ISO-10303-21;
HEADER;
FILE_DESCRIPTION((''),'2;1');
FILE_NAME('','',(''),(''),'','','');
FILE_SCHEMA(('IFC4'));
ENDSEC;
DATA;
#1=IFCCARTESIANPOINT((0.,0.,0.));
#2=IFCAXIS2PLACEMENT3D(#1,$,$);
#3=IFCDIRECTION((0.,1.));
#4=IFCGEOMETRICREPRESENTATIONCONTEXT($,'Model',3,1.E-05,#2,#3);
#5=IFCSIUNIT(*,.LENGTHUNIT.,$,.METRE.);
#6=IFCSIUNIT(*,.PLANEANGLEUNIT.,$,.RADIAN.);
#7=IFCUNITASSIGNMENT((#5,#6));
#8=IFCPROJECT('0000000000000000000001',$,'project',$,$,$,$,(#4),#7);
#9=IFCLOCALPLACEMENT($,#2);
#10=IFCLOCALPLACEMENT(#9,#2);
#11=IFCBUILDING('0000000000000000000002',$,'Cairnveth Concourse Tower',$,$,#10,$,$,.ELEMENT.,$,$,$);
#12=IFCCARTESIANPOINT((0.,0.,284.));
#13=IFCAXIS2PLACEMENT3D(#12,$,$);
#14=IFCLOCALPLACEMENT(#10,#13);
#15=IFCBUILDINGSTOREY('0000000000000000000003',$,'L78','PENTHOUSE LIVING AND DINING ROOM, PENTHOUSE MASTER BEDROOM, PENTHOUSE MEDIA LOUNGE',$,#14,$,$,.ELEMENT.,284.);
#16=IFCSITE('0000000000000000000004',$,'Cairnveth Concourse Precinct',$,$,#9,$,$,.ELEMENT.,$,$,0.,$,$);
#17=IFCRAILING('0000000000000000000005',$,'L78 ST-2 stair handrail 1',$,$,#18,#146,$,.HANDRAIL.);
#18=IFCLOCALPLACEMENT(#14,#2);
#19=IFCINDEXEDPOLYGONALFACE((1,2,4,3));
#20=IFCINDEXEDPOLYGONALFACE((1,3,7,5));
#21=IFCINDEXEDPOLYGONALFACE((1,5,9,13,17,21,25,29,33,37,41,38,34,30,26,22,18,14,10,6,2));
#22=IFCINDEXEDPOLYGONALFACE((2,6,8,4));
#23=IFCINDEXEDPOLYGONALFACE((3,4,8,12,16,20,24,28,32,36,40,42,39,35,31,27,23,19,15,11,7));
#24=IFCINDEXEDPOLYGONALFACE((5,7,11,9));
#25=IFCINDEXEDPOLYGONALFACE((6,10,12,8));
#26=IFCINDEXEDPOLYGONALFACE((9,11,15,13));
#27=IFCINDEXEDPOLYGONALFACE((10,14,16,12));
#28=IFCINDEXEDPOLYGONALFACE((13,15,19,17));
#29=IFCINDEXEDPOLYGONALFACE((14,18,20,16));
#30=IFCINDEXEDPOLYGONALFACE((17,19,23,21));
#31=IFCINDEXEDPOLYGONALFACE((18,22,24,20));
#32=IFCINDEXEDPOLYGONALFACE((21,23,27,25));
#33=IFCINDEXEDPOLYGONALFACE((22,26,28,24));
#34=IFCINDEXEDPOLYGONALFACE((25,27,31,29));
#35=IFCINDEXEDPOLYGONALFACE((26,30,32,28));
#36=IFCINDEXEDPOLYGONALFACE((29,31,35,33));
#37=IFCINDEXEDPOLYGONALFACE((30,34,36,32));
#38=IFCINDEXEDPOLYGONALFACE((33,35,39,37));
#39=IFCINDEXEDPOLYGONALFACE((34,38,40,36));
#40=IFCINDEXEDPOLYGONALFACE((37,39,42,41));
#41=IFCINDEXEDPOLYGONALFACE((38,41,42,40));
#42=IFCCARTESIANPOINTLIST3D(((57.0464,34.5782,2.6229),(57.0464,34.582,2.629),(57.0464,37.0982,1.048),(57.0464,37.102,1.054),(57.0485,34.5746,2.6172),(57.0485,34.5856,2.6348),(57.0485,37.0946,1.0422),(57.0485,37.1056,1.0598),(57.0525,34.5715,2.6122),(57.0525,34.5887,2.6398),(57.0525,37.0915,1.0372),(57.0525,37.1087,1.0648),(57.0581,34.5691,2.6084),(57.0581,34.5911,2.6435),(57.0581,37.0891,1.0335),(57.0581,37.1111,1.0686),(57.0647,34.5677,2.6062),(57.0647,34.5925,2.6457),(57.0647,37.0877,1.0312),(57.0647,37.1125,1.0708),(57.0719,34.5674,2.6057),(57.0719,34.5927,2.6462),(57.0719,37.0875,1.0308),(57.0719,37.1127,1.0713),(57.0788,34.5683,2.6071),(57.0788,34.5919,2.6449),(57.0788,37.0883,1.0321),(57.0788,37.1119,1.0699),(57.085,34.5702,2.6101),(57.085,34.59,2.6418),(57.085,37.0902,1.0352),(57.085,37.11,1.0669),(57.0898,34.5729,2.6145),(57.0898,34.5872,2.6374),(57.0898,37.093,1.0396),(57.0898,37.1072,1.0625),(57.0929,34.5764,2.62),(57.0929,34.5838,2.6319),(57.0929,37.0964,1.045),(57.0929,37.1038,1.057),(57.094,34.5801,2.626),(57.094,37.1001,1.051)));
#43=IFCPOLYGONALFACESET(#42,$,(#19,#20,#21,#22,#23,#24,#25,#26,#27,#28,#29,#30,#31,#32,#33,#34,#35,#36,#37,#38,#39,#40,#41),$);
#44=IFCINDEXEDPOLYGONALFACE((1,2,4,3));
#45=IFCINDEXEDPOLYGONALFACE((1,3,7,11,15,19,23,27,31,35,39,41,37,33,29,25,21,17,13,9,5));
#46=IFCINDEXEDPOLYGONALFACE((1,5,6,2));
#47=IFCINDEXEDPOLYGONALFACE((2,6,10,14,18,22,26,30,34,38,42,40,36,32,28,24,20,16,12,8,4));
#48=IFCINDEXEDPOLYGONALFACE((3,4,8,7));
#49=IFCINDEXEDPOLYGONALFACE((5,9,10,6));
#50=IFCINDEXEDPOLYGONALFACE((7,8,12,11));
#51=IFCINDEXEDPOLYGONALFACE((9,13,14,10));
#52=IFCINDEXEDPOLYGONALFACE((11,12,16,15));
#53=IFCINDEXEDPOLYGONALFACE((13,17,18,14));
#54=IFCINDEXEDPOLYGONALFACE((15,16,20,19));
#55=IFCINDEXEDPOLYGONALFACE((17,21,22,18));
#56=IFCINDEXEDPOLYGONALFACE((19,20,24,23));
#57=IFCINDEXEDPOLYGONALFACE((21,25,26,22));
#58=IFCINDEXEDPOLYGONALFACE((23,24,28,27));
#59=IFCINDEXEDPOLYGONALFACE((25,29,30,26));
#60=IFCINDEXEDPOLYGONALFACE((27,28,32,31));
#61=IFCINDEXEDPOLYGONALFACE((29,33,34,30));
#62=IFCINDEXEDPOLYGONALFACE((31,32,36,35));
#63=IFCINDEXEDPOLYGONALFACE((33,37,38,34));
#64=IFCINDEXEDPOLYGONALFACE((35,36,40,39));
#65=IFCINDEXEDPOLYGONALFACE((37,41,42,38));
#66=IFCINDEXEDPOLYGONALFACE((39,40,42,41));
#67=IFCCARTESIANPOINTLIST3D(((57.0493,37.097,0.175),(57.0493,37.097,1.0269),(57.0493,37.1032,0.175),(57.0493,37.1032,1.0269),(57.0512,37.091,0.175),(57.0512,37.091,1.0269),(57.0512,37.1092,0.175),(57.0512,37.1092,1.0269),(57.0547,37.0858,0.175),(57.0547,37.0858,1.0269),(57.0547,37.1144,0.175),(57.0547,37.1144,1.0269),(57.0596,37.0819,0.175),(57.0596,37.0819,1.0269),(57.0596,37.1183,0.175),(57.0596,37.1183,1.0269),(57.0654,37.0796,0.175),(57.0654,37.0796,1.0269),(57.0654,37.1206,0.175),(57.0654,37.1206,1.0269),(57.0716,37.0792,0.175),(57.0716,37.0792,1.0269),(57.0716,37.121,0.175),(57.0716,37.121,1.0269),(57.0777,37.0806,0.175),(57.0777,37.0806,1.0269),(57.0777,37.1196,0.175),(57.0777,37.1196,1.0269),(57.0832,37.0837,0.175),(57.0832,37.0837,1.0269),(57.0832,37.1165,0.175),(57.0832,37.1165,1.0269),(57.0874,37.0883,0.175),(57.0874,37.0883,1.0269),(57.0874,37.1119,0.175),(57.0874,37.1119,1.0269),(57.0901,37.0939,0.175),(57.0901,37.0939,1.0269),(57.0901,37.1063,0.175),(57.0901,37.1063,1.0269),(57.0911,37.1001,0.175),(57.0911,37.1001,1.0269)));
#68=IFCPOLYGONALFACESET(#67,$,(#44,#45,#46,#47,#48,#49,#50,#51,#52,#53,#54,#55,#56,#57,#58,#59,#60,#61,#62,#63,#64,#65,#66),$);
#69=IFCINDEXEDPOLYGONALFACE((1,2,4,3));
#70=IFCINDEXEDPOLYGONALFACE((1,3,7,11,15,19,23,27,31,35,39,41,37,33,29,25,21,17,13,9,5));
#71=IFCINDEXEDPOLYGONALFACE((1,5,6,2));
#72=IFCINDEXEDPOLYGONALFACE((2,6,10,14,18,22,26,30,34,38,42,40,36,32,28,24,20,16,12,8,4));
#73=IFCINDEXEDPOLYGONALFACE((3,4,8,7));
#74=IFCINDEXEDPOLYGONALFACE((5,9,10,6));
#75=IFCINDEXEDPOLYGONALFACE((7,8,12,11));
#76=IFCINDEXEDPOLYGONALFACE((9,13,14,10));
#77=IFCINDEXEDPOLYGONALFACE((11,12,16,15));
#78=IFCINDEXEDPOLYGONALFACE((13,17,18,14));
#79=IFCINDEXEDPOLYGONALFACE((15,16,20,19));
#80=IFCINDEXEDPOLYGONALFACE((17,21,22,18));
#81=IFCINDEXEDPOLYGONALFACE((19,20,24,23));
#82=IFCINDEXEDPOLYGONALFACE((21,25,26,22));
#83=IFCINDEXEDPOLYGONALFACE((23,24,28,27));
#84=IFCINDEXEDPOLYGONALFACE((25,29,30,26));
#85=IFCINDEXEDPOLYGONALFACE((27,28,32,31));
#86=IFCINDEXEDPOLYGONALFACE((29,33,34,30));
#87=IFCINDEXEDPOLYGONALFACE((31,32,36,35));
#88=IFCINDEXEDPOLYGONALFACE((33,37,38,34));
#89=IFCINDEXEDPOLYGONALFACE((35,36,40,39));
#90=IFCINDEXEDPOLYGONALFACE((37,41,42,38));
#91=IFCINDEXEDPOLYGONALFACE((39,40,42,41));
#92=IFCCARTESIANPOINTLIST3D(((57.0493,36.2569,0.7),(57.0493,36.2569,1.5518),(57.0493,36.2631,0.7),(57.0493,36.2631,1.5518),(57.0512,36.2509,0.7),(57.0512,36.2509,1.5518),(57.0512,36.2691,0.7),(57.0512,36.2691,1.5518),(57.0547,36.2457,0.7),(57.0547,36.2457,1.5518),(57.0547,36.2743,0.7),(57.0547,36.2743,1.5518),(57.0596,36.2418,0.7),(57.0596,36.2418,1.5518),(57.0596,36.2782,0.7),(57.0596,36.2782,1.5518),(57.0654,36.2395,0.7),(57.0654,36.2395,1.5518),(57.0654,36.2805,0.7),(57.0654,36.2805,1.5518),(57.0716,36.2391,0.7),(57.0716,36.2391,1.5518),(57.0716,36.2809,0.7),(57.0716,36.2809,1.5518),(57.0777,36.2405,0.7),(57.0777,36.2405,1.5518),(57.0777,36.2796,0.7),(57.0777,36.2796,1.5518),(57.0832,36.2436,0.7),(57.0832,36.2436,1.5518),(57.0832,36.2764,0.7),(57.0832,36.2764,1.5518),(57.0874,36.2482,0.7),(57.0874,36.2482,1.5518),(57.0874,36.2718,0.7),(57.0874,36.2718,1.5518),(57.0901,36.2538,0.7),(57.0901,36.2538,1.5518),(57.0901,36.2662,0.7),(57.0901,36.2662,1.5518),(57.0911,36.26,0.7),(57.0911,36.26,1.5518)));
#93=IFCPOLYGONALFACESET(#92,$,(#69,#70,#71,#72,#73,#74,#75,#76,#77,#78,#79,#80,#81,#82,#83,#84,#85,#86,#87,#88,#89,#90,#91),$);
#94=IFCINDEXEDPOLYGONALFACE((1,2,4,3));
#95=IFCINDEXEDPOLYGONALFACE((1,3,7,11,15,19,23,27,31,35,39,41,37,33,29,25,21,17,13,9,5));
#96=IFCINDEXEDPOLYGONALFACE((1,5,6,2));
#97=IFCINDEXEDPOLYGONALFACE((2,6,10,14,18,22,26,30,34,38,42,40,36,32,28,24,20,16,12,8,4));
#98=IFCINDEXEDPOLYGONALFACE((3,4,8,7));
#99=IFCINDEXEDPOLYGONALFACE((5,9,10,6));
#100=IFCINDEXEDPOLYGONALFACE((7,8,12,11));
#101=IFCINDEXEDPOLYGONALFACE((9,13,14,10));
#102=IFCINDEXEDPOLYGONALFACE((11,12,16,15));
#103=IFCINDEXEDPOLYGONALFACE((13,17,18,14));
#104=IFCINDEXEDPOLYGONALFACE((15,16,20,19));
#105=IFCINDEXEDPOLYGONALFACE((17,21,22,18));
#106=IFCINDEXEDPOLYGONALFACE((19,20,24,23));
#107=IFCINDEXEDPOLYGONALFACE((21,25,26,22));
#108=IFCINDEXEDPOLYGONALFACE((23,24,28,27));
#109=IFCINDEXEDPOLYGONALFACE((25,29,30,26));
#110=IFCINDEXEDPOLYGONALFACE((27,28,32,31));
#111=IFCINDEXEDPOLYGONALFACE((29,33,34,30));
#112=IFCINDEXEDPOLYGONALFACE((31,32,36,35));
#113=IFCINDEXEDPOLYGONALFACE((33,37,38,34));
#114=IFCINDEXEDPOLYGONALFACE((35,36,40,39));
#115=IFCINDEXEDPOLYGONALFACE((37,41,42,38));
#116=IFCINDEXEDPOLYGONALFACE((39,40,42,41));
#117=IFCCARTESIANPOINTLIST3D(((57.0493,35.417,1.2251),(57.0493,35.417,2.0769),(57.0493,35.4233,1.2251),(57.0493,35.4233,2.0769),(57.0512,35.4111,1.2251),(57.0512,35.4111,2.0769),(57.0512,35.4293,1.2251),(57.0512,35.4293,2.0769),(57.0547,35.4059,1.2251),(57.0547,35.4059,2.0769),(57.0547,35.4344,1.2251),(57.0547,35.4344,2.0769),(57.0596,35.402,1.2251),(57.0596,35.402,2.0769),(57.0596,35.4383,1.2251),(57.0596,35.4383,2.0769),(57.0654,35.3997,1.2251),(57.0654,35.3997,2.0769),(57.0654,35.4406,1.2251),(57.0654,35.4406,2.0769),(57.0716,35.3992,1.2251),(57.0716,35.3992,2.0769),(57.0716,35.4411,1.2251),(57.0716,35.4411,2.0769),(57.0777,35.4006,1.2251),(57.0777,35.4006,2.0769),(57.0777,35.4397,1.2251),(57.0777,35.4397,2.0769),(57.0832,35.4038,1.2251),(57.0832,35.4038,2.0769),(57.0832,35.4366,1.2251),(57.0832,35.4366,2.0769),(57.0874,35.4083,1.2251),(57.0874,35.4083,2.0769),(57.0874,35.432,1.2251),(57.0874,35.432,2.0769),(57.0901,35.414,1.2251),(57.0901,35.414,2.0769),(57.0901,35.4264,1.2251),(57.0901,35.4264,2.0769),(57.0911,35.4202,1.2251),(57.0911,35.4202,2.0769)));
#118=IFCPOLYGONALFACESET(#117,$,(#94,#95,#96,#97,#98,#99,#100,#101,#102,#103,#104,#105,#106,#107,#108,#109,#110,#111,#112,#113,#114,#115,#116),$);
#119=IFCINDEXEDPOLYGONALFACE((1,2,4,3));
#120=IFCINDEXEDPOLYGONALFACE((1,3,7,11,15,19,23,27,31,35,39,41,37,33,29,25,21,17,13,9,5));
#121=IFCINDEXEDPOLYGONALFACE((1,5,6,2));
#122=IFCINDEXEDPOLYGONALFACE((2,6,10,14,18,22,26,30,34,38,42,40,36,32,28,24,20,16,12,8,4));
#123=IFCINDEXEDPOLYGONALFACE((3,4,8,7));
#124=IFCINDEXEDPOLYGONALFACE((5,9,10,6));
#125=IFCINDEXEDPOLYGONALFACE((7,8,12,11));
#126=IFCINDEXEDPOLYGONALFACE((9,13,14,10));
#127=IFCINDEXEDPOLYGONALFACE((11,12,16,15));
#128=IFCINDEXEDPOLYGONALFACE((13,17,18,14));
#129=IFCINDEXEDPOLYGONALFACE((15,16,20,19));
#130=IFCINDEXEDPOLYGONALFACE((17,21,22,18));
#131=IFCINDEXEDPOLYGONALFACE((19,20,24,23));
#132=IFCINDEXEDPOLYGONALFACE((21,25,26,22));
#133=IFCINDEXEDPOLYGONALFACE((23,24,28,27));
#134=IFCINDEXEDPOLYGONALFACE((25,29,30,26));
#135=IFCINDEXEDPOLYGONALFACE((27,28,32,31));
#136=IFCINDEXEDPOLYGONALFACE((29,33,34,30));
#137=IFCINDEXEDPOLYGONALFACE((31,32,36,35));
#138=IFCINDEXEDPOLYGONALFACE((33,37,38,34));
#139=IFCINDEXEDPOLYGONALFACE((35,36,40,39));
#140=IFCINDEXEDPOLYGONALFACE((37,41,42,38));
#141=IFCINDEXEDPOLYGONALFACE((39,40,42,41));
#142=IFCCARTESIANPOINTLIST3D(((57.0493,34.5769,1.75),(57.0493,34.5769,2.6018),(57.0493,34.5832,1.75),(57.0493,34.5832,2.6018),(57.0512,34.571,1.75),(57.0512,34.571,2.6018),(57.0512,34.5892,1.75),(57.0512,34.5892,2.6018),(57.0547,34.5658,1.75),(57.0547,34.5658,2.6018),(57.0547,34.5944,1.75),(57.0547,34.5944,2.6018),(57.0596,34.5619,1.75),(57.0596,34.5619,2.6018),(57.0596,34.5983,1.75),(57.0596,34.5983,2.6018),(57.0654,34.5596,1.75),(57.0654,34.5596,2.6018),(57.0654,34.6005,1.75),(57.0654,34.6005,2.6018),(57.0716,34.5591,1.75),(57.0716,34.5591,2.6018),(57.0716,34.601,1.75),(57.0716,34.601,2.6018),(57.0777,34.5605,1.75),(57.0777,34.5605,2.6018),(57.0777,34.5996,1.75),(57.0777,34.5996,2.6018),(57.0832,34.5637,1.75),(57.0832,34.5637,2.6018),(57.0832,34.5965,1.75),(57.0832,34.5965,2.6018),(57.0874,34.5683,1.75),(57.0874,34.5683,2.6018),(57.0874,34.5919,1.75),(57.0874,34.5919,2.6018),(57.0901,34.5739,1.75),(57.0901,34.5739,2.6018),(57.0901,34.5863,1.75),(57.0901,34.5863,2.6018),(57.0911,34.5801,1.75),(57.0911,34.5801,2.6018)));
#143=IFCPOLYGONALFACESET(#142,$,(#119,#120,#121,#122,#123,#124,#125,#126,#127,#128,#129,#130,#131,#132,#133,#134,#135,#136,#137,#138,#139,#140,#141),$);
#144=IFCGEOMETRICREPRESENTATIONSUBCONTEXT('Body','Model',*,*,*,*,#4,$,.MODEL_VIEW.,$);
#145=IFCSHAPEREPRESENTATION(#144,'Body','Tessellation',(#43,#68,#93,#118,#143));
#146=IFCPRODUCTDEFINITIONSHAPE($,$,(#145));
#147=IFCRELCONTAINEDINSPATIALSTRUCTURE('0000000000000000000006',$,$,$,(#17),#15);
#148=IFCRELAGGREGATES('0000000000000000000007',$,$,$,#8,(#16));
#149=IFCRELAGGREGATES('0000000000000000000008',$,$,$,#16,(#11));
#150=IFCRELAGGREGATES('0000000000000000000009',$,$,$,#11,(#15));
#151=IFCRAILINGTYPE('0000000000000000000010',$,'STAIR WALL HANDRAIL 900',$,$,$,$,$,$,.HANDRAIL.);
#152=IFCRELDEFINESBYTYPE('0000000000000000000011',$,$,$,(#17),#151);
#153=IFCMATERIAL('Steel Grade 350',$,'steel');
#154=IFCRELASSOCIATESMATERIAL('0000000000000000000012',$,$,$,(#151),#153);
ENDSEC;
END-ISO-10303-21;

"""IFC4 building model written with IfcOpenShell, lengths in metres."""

from ifc_helpers import new_model, si_unit, direction, frame, origin, origin_2d, place, context, subcontext, project, spatial, circle, extrude, material, type_object, element, save


model = new_model("IFC4")

# Units and contexts
model_context = context("Model", 3, precision=1e-05, world=origin(), true_north=direction((0.0, 1.0)))
body_context = subcontext(model_context, "Body", "Model", "MODEL_VIEW")
ifc_project = project(units=[si_unit("LENGTHUNIT", "METRE"), si_unit("PLANEANGLEUNIT", "RADIAN")], contexts=[model_context])

# Site, building, storey
site_placement = place(None, origin())
site = spatial("IfcSite", under=ifc_project, at=site_placement, Name="Cairnveth Concourse Precinct", CompositionType="ELEMENT", RefElevation=0.0)
building_placement = place(site_placement, origin())
building = spatial("IfcBuilding", under=site, at=building_placement, Name="Cairnveth Concourse Tower", CompositionType="ELEMENT")
storey_placement = place(building_placement, frame((0.0, 0.0, 284.0)))
storey = spatial("IfcBuildingStorey", under=building, at=storey_placement, Name="L78", Description="PENTHOUSE LIVING AND DINING ROOM, PENTHOUSE MASTER BEDROOM, PENTHOUSE MEDIA LOUNGE", CompositionType="ELEMENT", Elevation=284.0)

# Shared definitions
ifc_material_1 = material(Name="Steel Grade 350", Category="steel")

# Railing
railing_type_1 = type_object("IfcRailingType", Name="STAIR WALL HANDRAIL 900", PredefinedType="HANDRAIL", material=ifc_material_1)
railing_1_placement = place(storey_placement, frame((57.0701, 37.1001, 0.175)))
element("IfcRailing", 1, at=railing_1_placement, inside=storey, type_object=railing_type_1, Name="L78 ST-2 stair handrail 1", PredefinedType="HANDRAIL", context=body_context, shape_type="SweptSolid", body=[
    extrude(circle(Radius=0.0239, at=origin_2d()), frame((0.0, 0.0, 0.876), z_axis=(0.0, -0.848008, 0.529984), x_axis=(1.0, 0.0, 0.0)), (0.0, 0.0, 1.0), 2.9717),
    extrude(circle(Radius=0.021, at=origin_2d()), origin(), (0.0, 0.0, 1.0), 0.8518),
    extrude(circle(Radius=0.021, at=origin_2d()), frame((0.0, -0.8401, 0.5249)), (0.0, 0.0, 1.0), 0.8518),
    extrude(circle(Radius=0.021, at=origin_2d()), frame((0.0, -1.6799, 1.05)), (0.0, 0.0, 1.0), 0.8518),
    extrude(circle(Radius=0.021, at=origin_2d()), frame((0.0, -2.52, 1.575)), (0.0, 0.0, 1.0), 0.8518),
])

save(model, "model.ifc")
